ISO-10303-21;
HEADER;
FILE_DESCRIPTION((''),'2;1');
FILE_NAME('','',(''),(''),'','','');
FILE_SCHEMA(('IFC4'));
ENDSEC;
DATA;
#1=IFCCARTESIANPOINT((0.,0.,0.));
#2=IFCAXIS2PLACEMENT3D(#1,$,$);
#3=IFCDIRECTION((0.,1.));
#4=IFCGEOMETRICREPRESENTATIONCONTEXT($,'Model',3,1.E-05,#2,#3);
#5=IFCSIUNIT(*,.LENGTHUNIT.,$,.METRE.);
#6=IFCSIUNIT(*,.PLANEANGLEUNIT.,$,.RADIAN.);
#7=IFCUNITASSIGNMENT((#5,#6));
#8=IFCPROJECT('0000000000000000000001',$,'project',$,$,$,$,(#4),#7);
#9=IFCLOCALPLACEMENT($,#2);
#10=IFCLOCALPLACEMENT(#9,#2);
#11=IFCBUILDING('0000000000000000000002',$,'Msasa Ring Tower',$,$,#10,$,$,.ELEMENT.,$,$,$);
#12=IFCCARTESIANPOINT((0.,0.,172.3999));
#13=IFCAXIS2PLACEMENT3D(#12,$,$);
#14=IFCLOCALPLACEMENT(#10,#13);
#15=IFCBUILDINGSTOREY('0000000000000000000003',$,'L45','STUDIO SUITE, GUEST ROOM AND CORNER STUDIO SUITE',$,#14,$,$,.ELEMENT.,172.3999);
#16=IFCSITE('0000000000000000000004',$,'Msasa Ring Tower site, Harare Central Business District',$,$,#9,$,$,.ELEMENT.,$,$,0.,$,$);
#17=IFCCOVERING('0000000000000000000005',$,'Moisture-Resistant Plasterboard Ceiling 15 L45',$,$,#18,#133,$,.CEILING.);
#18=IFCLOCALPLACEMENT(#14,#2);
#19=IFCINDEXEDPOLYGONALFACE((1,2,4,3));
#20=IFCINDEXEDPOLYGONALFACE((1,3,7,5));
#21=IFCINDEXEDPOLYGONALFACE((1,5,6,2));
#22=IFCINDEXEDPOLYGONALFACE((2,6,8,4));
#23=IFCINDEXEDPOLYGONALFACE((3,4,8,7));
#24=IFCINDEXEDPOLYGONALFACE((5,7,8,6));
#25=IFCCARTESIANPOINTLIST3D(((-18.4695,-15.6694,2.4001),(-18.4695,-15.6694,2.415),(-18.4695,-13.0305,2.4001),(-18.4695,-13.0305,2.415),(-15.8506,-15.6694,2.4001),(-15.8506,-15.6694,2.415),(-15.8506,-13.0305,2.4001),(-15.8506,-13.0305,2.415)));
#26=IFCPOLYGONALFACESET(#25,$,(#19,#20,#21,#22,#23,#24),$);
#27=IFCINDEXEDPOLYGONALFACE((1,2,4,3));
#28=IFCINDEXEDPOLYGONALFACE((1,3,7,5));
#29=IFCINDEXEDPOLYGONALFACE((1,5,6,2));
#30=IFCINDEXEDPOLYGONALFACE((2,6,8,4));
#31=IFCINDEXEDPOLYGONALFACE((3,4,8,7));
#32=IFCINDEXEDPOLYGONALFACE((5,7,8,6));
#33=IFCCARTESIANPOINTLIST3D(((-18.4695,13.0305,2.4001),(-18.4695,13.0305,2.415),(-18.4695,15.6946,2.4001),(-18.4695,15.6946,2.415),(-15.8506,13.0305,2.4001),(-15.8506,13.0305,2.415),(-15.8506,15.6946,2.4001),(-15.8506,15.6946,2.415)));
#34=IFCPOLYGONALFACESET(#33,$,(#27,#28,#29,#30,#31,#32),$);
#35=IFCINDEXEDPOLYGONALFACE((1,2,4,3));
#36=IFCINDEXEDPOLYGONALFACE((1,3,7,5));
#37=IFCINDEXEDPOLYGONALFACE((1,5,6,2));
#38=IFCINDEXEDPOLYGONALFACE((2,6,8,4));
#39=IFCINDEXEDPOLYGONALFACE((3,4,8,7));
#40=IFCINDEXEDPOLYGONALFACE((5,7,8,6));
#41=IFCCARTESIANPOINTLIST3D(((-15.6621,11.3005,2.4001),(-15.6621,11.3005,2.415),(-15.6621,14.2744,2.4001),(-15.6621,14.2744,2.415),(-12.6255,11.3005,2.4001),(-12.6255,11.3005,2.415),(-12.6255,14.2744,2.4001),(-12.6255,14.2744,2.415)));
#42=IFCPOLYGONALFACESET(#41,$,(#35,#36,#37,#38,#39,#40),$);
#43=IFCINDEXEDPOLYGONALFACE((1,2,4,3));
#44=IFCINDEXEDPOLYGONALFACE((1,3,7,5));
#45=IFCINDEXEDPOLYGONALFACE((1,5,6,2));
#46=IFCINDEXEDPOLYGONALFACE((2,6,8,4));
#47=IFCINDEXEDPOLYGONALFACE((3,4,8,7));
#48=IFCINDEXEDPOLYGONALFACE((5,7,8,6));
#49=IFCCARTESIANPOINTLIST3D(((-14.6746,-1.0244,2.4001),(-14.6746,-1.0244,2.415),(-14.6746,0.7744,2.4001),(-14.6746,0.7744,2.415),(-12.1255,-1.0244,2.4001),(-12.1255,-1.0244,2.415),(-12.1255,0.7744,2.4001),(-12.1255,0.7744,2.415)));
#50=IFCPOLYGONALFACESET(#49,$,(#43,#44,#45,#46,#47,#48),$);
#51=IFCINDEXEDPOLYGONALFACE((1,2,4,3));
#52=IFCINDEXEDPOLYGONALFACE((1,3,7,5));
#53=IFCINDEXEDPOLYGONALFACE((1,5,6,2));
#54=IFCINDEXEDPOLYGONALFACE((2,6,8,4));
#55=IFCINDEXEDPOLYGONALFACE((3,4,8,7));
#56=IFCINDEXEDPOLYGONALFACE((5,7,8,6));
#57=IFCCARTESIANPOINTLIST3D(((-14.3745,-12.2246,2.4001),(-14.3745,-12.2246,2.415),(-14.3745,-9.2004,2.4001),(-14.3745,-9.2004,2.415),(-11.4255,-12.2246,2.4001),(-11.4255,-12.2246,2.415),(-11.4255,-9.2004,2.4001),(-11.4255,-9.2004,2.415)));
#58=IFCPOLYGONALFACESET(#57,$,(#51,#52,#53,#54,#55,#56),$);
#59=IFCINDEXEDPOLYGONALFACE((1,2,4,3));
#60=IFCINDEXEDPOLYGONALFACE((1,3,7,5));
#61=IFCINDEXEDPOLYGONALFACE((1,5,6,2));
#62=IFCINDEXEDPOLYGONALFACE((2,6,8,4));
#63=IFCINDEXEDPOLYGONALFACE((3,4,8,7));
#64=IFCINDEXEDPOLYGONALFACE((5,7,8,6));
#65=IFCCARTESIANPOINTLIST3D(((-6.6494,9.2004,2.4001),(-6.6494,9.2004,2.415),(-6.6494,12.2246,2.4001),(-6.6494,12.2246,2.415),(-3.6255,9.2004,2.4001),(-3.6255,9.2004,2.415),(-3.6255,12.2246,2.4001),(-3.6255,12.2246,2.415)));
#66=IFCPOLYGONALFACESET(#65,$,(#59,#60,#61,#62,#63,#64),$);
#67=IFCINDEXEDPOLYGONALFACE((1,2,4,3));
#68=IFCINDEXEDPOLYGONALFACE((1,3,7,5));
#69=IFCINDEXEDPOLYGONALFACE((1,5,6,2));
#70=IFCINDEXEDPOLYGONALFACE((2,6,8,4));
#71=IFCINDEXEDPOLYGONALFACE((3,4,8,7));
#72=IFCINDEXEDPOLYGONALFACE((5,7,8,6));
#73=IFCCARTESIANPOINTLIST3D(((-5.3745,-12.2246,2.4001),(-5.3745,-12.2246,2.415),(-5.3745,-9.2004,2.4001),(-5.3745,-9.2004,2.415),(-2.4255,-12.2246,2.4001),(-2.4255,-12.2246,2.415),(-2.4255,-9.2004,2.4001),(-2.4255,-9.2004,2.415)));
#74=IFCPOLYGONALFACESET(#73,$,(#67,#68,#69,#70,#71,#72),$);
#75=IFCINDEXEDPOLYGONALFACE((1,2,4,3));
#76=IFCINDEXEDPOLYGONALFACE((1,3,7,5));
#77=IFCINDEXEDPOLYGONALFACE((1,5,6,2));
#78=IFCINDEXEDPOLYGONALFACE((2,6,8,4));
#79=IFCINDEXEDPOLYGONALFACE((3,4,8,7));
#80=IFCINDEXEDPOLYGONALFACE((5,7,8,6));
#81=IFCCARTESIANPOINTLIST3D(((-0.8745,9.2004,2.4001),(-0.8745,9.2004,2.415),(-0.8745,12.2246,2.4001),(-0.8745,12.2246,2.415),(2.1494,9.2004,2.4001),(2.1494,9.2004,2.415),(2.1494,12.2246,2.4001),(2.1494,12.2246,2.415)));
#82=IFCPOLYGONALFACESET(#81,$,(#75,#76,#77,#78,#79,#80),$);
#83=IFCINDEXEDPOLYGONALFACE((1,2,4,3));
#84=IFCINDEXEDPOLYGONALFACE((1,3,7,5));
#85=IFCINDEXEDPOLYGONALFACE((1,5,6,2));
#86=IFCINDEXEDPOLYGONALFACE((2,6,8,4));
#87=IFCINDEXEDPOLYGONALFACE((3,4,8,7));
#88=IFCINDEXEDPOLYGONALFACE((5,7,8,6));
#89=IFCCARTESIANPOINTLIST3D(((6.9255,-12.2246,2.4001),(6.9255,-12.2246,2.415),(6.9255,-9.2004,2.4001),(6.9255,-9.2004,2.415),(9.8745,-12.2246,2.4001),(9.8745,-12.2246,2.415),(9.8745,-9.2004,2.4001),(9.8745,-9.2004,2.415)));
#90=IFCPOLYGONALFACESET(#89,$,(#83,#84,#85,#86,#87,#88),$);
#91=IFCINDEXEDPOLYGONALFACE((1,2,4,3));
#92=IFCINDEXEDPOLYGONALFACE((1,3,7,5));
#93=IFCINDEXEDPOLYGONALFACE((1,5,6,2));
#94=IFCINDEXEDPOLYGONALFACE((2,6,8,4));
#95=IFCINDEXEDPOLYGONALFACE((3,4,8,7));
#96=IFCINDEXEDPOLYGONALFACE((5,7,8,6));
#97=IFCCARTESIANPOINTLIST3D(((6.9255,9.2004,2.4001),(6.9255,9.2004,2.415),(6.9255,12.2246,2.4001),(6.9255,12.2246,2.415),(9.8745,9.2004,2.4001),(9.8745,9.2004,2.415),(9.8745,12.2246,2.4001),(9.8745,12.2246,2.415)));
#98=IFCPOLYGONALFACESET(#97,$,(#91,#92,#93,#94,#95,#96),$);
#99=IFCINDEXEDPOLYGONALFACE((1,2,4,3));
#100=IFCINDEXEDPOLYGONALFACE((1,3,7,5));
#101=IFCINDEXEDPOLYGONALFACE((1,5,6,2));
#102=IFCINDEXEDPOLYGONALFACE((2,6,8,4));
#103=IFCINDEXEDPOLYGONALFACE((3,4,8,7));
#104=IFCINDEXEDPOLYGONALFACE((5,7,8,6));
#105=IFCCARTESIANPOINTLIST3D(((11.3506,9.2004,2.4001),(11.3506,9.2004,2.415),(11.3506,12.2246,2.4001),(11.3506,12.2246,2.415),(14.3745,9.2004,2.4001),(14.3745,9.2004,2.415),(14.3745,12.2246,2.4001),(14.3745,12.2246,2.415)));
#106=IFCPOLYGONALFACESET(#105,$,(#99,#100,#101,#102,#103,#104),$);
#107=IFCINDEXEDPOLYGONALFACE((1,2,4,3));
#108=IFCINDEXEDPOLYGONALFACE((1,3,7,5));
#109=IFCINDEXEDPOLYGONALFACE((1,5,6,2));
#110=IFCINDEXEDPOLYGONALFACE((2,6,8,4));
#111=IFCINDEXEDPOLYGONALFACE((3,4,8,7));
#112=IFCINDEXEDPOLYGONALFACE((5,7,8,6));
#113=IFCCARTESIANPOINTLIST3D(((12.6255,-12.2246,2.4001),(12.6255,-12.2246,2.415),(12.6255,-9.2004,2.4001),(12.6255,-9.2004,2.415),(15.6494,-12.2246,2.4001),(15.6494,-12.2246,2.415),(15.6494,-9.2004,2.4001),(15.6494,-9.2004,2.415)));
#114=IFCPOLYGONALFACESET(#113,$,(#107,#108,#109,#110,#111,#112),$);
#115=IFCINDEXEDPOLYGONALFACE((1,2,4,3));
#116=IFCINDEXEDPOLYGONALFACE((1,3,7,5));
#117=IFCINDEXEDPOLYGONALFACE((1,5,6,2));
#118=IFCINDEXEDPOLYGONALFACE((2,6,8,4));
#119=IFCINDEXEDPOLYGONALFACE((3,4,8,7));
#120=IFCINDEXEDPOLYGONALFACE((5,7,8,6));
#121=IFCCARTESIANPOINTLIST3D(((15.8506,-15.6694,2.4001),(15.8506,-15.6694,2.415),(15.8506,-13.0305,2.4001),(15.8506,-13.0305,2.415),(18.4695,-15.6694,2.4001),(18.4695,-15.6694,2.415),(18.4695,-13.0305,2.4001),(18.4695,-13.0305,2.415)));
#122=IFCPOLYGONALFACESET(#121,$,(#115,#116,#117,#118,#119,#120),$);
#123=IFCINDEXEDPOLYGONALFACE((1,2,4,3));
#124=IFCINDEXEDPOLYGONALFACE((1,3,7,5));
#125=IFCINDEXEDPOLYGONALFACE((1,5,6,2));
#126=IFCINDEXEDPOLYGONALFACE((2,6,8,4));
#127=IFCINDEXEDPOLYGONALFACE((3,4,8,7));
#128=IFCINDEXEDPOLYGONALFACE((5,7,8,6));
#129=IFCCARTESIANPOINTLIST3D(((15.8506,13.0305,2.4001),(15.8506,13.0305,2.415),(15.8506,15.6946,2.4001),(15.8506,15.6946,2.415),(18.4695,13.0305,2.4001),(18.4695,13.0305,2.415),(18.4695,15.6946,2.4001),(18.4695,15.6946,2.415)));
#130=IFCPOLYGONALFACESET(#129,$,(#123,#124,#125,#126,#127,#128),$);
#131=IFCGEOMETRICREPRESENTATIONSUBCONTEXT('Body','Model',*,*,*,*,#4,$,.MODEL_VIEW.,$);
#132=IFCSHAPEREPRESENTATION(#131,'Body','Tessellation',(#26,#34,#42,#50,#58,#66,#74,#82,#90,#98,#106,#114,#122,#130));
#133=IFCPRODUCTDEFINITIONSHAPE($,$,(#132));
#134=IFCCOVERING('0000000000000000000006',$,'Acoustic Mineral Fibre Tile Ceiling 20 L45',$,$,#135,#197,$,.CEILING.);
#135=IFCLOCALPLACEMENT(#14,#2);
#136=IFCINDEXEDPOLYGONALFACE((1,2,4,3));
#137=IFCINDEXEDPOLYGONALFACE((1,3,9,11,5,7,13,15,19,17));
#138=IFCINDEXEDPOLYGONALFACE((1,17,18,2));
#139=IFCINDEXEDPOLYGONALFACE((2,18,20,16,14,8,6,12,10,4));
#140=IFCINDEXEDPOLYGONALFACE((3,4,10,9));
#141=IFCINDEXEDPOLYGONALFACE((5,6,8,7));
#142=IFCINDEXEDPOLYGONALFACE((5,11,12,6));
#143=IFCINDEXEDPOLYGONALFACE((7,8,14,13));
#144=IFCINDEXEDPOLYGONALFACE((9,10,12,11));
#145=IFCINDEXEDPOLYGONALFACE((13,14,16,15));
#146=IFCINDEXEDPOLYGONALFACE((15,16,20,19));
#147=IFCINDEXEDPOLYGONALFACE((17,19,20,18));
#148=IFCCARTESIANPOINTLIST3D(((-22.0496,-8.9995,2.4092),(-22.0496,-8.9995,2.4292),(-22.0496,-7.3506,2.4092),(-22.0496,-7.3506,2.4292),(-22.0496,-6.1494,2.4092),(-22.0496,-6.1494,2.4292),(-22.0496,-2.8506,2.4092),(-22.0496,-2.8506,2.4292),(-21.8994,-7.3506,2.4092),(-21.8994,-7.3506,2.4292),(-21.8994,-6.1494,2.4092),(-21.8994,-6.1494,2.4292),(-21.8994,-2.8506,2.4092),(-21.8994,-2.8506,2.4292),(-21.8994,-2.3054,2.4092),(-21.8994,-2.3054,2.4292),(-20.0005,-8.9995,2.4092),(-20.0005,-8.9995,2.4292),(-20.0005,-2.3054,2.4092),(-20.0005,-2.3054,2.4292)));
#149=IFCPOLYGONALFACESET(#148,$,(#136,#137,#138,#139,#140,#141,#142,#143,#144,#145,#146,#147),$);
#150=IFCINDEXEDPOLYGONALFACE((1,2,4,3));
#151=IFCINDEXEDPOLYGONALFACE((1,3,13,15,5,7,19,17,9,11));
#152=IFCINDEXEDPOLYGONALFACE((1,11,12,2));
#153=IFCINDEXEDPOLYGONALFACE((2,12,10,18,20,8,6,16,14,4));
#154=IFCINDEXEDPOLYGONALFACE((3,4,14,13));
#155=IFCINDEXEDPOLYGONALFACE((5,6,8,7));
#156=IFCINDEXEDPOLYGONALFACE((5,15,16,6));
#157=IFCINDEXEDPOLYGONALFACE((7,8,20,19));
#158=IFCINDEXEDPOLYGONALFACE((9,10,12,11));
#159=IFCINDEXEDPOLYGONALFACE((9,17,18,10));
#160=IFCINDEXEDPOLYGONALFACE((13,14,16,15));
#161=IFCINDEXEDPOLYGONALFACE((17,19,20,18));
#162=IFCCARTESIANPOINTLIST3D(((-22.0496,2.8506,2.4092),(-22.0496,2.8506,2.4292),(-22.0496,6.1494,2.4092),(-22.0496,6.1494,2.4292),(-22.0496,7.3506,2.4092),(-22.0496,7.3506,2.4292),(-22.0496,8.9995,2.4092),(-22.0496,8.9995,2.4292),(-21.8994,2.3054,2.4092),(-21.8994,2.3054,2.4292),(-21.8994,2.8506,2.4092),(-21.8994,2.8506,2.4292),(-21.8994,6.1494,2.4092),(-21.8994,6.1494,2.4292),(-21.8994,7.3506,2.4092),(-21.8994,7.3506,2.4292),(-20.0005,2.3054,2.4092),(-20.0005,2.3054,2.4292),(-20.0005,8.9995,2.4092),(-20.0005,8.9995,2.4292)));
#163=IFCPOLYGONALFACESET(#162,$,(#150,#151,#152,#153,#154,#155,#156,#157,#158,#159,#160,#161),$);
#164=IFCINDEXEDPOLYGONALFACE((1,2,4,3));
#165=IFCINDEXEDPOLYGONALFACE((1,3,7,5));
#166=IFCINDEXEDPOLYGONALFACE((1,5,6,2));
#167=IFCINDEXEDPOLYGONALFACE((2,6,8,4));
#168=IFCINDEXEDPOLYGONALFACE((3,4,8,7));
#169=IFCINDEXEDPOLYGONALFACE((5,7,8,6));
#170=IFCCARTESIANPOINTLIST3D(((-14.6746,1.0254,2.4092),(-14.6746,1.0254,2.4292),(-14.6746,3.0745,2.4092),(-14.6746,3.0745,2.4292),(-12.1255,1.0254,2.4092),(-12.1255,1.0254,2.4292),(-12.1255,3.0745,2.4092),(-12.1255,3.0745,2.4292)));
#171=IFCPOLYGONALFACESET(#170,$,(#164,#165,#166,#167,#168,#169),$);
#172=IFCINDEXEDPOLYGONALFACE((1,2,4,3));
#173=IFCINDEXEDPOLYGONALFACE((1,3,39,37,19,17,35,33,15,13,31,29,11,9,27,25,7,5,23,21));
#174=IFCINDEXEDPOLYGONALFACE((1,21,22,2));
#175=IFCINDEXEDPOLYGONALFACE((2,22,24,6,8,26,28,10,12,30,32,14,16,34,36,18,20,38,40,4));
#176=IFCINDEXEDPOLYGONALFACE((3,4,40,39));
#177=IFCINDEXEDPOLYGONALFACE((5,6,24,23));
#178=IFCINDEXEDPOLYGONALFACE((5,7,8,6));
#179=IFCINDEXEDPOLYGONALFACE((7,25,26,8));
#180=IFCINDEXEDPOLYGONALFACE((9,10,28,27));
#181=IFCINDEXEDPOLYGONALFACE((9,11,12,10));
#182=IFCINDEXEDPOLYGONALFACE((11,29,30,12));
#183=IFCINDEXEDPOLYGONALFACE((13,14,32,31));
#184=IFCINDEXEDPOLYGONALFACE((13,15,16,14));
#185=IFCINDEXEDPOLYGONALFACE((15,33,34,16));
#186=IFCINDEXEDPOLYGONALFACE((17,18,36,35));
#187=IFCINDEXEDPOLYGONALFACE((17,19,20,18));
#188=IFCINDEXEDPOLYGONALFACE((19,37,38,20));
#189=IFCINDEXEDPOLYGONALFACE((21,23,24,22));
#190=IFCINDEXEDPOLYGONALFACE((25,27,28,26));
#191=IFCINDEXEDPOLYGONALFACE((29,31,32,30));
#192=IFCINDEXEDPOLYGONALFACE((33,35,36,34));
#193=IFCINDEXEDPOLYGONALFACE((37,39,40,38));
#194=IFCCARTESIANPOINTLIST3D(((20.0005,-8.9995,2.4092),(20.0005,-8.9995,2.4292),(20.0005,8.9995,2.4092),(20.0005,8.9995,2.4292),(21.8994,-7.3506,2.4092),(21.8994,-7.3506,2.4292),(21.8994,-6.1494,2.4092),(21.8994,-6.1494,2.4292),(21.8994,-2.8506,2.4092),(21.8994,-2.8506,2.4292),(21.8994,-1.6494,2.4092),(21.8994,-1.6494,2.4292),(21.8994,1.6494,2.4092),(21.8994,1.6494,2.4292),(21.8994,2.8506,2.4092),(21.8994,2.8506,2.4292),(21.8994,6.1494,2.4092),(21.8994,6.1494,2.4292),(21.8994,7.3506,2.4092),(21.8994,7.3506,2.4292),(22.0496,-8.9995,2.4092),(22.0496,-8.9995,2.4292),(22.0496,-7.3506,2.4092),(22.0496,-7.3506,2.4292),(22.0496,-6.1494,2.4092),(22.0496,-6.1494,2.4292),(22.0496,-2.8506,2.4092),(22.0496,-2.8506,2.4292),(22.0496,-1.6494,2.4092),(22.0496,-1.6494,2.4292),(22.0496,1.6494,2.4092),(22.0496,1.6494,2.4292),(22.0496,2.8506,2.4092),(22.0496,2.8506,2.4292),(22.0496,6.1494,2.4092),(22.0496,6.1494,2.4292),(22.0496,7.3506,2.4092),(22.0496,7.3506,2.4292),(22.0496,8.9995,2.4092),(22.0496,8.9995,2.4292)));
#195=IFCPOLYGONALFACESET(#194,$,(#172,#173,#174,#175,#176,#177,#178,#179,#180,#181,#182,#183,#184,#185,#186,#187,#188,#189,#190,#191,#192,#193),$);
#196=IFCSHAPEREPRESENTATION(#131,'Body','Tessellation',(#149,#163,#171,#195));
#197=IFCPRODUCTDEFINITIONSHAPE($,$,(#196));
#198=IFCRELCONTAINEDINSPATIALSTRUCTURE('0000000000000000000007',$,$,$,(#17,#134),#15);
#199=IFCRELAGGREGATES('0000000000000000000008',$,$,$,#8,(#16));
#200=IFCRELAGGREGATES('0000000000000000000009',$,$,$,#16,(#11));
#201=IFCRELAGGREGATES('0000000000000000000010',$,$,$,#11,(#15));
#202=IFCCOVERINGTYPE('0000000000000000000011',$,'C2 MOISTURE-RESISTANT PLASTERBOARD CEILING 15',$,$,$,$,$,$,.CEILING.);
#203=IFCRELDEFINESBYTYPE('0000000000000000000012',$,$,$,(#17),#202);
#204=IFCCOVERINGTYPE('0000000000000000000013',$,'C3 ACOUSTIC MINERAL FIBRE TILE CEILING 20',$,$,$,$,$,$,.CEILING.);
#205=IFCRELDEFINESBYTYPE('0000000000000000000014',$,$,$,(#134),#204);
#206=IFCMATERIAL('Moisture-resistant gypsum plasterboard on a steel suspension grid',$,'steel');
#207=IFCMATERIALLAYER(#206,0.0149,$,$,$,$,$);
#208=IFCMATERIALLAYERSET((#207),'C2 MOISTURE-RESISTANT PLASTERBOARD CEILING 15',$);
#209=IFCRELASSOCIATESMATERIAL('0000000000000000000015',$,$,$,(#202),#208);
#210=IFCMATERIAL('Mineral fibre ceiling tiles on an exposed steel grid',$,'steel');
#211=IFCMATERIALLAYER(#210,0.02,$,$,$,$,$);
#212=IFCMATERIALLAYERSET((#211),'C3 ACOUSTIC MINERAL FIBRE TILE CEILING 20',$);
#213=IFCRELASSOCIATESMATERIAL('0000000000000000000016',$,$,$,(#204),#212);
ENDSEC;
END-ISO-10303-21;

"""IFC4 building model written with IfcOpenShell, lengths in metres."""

from ifc_helpers import new_model, si_unit, direction, frame, origin, place, context, subcontext, project, spatial, line, indexed_curve, outline, extrude, material, layer, layer_set, type_object, element, save


model = new_model("IFC4")

# Units and contexts
model_context = context("Model", 3, precision=1e-05, world=origin(), true_north=direction((0.0, 1.0)))
body_context = subcontext(model_context, "Body", "Model", "MODEL_VIEW")
ifc_project = project(units=[si_unit("LENGTHUNIT", "METRE"), si_unit("PLANEANGLEUNIT", "RADIAN")], contexts=[model_context])

# Site, building, storey
site_placement = place(None, origin())
site = spatial("IfcSite", under=ifc_project, at=site_placement, Name="Msasa Ring Tower site, Harare Central Business District", CompositionType="ELEMENT", RefElevation=0.0)
building_placement = place(site_placement, origin())
building = spatial("IfcBuilding", under=site, at=building_placement, Name="Msasa Ring Tower", CompositionType="ELEMENT")
storey_placement = place(building_placement, frame((0.0, 0.0, 172.3999)))
storey = spatial("IfcBuildingStorey", under=building, at=storey_placement, Name="L45", Description="STUDIO SUITE, GUEST ROOM AND CORNER STUDIO SUITE", CompositionType="ELEMENT", Elevation=172.3999)

# Coverings
ifc_material_1 = material(Name="Moisture-resistant gypsum plasterboard on a steel suspension grid", Category="steel")
ifc_layer_1 = layer(ifc_material_1, 0.0149)
ifc_layer_set_1 = layer_set([ifc_layer_1], Name="C2 MOISTURE-RESISTANT PLASTERBOARD CEILING 15")
covering_type_1 = type_object("IfcCoveringType", Name="C2 MOISTURE-RESISTANT PLASTERBOARD CEILING 15", PredefinedType="CEILING", material=ifc_layer_set_1)
covering_1_placement = place(storey_placement, frame((0.0, 0.0, 2.4001)))
element("IfcCovering", 1, at=covering_1_placement, inside=storey, type_object=covering_type_1, Name="Moisture-Resistant Plasterboard Ceiling 15 L45", PredefinedType="CEILING", context=body_context, shape_type="SweptSolid", body=[
    extrude(outline(indexed_curve([(-18.4695, -15.6694), (-18.4695, -13.0305), (-15.8506, -13.0305), (-15.8506, -15.6694)], segments=[line(1, 2, 3, 4, 1)], self_intersect=False)), origin(), (0.0, 0.0, 1.0), 0.0149),
    extrude(outline(indexed_curve([(-18.4695, 15.6946), (-15.8506, 15.6946), (-15.8506, 13.0305), (-18.4695, 13.0305)], segments=[line(1, 2, 3, 4, 1)], self_intersect=False)), origin(), (0.0, 0.0, 1.0), 0.0149),
    extrude(outline(indexed_curve([(-15.6621, 11.3005), (-15.6621, 14.2744), (-12.6255, 14.2744), (-12.6255, 11.3005)], segments=[line(1, 2, 3, 4, 1)], self_intersect=False)), origin(), (0.0, 0.0, 1.0), 0.0149),
    extrude(outline(indexed_curve([(-14.6746, 0.7744), (-12.1255, 0.7744), (-12.1255, -1.0244), (-14.6746, -1.0244)], segments=[line(1, 2, 3, 4, 1)], self_intersect=False)), origin(), (0.0, 0.0, 1.0), 0.0149),
    extrude(outline(indexed_curve([(-11.4255, -9.2004), (-11.4255, -12.2246), (-14.3745, -12.2246), (-14.3745, -9.2004)], segments=[line(1, 2, 3, 4, 1)], self_intersect=False)), origin(), (0.0, 0.0, 1.0), 0.0149),
    extrude(outline(indexed_curve([(-6.6494, 12.2246), (-3.6255, 12.2246), (-3.6255, 9.2004), (-6.6494, 9.2004)], segments=[line(1, 2, 3, 4, 1)], self_intersect=False)), origin(), (0.0, 0.0, 1.0), 0.0149),
    extrude(outline(indexed_curve([(-2.4255, -9.2004), (-2.4255, -12.2246), (-5.3745, -12.2246), (-5.3745, -9.2004)], segments=[line(1, 2, 3, 4, 1)], self_intersect=False)), origin(), (0.0, 0.0, 1.0), 0.0149),
    extrude(outline(indexed_curve([(2.1494, 9.2004), (-0.8745, 9.2004), (-0.8745, 12.2246), (2.1494, 12.2246)], segments=[line(1, 2, 3, 4, 1)], self_intersect=False)), origin(), (0.0, 0.0, 1.0), 0.0149),
    extrude(outline(indexed_curve([(9.8745, -9.2004), (9.8745, -12.2246), (6.9255, -12.2246), (6.9255, -9.2004)], segments=[line(1, 2, 3, 4, 1)], self_intersect=False)), origin(), (0.0, 0.0, 1.0), 0.0149),
    extrude(outline(indexed_curve([(6.9255, 9.2004), (6.9255, 12.2246), (9.8745, 12.2246), (9.8745, 9.2004)], segments=[line(1, 2, 3, 4, 1)], self_intersect=False)), origin(), (0.0, 0.0, 1.0), 0.0149),
    extrude(outline(indexed_curve([(11.3506, 12.2246), (14.3745, 12.2246), (14.3745, 9.2004), (11.3506, 9.2004)], segments=[line(1, 2, 3, 4, 1)], self_intersect=False)), origin(), (0.0, 0.0, 1.0), 0.0149),
    extrude(outline(indexed_curve([(15.6494, -9.2004), (15.6494, -12.2246), (12.6255, -12.2246), (12.6255, -9.2004)], segments=[line(1, 2, 3, 4, 1)], self_intersect=False)), origin(), (0.0, 0.0, 1.0), 0.0149),
    extrude(outline(indexed_curve([(15.8506, -15.6694), (15.8506, -13.0305), (18.4695, -13.0305), (18.4695, -15.6694)], segments=[line(1, 2, 3, 4, 1)], self_intersect=False)), origin(), (0.0, 0.0, 1.0), 0.0149),
    extrude(outline(indexed_curve([(15.8506, 15.6946), (18.4695, 15.6946), (18.4695, 13.0305), (15.8506, 13.0305)], segments=[line(1, 2, 3, 4, 1)], self_intersect=False)), origin(), (0.0, 0.0, 1.0), 0.0149),
])
ifc_material_2 = material(Name="Mineral fibre ceiling tiles on an exposed steel grid", Category="steel")
ifc_layer_2 = layer(ifc_material_2, 0.02)
ifc_layer_set_2 = layer_set([ifc_layer_2], Name="C3 ACOUSTIC MINERAL FIBRE TILE CEILING 20")
covering_type_2 = type_object("IfcCoveringType", Name="C3 ACOUSTIC MINERAL FIBRE TILE CEILING 20", PredefinedType="CEILING", material=ifc_layer_set_2)
covering_2_placement = place(storey_placement, frame((0.0, 0.0, 2.4092)))
element("IfcCovering", 2, at=covering_2_placement, inside=storey, type_object=covering_type_2, Name="Acoustic Mineral Fibre Tile Ceiling 20 L45", PredefinedType="CEILING", context=body_context, shape_type="SweptSolid", body=[
    extrude(outline(indexed_curve([(-22.0496, -7.3506), (-21.8994, -7.3506), (-21.8994, -6.1494), (-22.0496, -6.1494), (-22.0496, -2.8506), (-21.8994, -2.8506), (-21.8994, -2.3054), (-20.0005, -2.3054), (-20.0005, -8.9995), (-22.0496, -8.9995)], segments=[line(1, 2, 3, 4, 5, 6, 7, 8, 9, 10, 1)], self_intersect=False)), origin(), (0.0, 0.0, 1.0), 0.02),
    extrude(outline(indexed_curve([(-22.0496, 6.1494), (-21.8994, 6.1494), (-21.8994, 7.3506), (-22.0496, 7.3506), (-22.0496, 8.9995), (-20.0005, 8.9995), (-20.0005, 2.3054), (-21.8994, 2.3054), (-21.8994, 2.8506), (-22.0496, 2.8506)], segments=[line(1, 2, 3, 4, 5, 6, 7, 8, 9, 10, 1)], self_intersect=False)), origin(), (0.0, 0.0, 1.0), 0.02),
    extrude(outline(indexed_curve([(-12.1255, 1.0254), (-14.6746, 1.0254), (-14.6746, 3.0745), (-12.1255, 3.0745)], segments=[line(1, 2, 3, 4, 1)], self_intersect=False)), origin(), (0.0, 0.0, 1.0), 0.02),
    extrude(outline(indexed_curve([(22.0496, 8.9995), (22.0496, 7.3506), (21.8994, 7.3506), (21.8994, 6.1494), (22.0496, 6.1494), (22.0496, 2.8506), (21.8994, 2.8506), (21.8994, 1.6494), (22.0496, 1.6494), (22.0496, -1.6494), (21.8994, -1.6494), (21.8994, -2.8506), (22.0496, -2.8506), (22.0496, -6.1494), (21.8994, -6.1494), (21.8994, -7.3506), (22.0496, -7.3506), (22.0496, -8.9995), (20.0005, -8.9995), (20.0005, 8.9995)], segments=[line(1, 2, 3, 4, 5, 6, 7, 8, 9, 10, 11, 12, 13, 14, 15, 16, 17, 18, 19, 20, 1)], self_intersect=False)), origin(), (0.0, 0.0, 1.0), 0.02),
])

save(model, "model.ifc")
